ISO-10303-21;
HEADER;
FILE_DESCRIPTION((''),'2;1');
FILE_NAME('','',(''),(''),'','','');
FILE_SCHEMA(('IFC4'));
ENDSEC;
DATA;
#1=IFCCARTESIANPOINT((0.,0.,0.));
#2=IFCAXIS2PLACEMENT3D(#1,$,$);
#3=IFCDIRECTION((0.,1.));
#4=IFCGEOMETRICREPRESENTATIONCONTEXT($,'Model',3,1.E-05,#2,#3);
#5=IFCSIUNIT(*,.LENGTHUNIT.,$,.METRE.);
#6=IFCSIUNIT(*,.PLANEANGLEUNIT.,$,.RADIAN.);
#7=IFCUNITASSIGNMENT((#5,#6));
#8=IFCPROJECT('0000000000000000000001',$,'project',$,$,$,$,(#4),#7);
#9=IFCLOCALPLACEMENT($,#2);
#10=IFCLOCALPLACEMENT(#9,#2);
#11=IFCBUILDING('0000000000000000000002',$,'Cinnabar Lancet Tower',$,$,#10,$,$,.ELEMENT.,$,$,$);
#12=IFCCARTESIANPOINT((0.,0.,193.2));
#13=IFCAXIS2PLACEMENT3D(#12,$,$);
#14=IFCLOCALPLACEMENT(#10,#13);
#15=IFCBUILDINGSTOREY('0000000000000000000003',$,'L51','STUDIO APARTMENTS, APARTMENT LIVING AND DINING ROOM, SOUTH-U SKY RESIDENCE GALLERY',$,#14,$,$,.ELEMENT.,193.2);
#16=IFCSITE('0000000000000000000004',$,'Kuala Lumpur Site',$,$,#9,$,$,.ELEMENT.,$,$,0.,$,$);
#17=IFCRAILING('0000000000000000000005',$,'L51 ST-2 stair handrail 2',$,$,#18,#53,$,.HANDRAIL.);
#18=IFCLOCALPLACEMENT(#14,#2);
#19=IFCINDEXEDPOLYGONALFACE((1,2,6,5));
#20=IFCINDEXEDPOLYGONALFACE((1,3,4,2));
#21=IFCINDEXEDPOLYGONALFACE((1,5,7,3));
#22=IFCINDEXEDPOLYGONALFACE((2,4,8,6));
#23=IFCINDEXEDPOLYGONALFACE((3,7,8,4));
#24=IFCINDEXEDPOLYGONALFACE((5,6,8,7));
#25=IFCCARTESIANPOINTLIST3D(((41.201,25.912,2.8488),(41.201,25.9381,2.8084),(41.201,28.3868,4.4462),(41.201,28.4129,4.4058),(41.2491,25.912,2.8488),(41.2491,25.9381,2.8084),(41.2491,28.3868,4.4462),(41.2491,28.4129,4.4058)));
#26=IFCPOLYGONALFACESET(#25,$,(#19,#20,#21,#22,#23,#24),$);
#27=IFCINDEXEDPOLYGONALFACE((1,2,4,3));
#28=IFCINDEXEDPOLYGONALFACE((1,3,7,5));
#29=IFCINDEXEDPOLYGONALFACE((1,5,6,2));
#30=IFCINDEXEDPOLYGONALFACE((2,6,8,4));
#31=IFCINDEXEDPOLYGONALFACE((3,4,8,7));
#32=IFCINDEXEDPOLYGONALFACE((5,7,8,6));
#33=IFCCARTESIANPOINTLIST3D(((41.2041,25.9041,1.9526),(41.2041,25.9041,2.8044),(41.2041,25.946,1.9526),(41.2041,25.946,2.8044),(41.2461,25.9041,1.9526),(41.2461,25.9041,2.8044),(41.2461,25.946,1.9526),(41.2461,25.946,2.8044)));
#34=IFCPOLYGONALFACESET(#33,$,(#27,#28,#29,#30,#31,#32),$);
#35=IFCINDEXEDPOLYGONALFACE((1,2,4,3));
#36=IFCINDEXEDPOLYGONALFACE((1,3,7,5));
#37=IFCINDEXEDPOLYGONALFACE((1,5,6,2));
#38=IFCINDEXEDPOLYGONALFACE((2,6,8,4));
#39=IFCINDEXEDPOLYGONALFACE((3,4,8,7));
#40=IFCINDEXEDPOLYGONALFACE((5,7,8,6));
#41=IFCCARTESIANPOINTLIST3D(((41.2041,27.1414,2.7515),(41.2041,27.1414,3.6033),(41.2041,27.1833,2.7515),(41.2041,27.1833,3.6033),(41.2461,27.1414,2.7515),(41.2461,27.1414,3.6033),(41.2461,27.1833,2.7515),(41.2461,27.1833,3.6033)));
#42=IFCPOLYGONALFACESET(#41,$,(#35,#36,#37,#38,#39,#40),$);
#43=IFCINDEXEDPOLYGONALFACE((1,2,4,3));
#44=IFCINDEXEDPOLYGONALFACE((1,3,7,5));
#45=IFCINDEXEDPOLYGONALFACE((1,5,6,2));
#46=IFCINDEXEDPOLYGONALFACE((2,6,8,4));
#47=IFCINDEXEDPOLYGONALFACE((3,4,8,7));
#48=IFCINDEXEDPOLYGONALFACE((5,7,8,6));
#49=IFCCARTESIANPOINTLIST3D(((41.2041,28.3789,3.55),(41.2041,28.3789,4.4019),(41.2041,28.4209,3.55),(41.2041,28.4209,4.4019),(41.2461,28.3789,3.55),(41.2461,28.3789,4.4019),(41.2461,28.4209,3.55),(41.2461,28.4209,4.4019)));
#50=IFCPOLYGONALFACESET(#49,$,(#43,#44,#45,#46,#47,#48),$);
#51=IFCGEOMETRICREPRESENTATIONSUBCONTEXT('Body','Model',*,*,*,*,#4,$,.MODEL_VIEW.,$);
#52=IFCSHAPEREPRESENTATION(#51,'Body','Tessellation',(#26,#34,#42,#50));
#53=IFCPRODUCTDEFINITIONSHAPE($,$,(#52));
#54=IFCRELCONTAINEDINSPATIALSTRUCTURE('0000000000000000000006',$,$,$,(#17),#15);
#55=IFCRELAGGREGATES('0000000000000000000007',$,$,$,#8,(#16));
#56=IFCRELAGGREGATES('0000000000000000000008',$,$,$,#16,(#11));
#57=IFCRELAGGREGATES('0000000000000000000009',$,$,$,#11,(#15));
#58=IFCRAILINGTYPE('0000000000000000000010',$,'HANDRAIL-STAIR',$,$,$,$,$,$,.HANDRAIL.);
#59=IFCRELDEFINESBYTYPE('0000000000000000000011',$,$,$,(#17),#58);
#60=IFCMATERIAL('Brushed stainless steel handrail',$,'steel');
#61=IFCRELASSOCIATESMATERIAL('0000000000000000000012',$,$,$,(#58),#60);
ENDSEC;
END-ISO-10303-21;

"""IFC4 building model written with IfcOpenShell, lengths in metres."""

from ifc_helpers import new_model, si_unit, direction, frame, origin, origin_2d, place, context, subcontext, project, spatial, rectangle, extrude, material, type_object, element, save


model = new_model("IFC4")

# Units and contexts
model_context = context("Model", 3, precision=1e-05, world=origin(), true_north=direction((0.0, 1.0)))
body_context = subcontext(model_context, "Body", "Model", "MODEL_VIEW")
ifc_project = project(units=[si_unit("LENGTHUNIT", "METRE"), si_unit("PLANEANGLEUNIT", "RADIAN")], contexts=[model_context])

# Site, building, storey
site_placement = place(None, origin())
site = spatial("IfcSite", under=ifc_project, at=site_placement, Name="Kuala Lumpur Site", CompositionType="ELEMENT", RefElevation=0.0)
building_placement = place(site_placement, origin())
building = spatial("IfcBuilding", under=site, at=building_placement, Name="Cinnabar Lancet Tower", CompositionType="ELEMENT")
storey_placement = place(building_placement, frame((0.0, 0.0, 193.2)))
storey = spatial("IfcBuildingStorey", under=building, at=storey_placement, Name="L51", Description="STUDIO APARTMENTS, APARTMENT LIVING AND DINING ROOM, SOUTH-U SKY RESIDENCE GALLERY", CompositionType="ELEMENT", Elevation=193.2)

# Railing
ifc_material_1 = material(Name="Brushed stainless steel handrail", Category="steel")
railing_type_1 = type_object("IfcRailingType", Name="HANDRAIL-STAIR", PredefinedType="HANDRAIL", material=ifc_material_1)
railing_1_placement = place(storey_placement, frame((41.2251, 25.925, 1.9526)))
element("IfcRailing", 1, at=railing_1_placement, inside=storey, type_object=railing_type_1, Name="L51 ST-2 stair handrail 2", PredefinedType="HANDRAIL", context=body_context, shape_type="SweptSolid", body=[
    extrude(rectangle(XDim=0.0481, YDim=0.0481, at=origin_2d()), frame((0.0, 0.0, 0.876), z_axis=(0.0, 0.840183, 0.542302), x_axis=(-1.0, 0.0, 0.0)), (0.0, 0.0, 1.0), 2.9456),
    extrude(rectangle(XDim=0.042, YDim=0.042, at=origin_2d()), origin(), (0.0, 0.0, 1.0), 0.8518),
    extrude(rectangle(XDim=0.042, YDim=0.042, at=origin_2d()), frame((0.0, 1.2373, 0.7988)), (0.0, 0.0, 1.0), 0.8518),
    extrude(rectangle(XDim=0.042, YDim=0.042, at=origin_2d()), frame((0.0, 2.4749, 1.5974)), (0.0, 0.0, 1.0), 0.8518),
])

save(model, "model.ifc")
